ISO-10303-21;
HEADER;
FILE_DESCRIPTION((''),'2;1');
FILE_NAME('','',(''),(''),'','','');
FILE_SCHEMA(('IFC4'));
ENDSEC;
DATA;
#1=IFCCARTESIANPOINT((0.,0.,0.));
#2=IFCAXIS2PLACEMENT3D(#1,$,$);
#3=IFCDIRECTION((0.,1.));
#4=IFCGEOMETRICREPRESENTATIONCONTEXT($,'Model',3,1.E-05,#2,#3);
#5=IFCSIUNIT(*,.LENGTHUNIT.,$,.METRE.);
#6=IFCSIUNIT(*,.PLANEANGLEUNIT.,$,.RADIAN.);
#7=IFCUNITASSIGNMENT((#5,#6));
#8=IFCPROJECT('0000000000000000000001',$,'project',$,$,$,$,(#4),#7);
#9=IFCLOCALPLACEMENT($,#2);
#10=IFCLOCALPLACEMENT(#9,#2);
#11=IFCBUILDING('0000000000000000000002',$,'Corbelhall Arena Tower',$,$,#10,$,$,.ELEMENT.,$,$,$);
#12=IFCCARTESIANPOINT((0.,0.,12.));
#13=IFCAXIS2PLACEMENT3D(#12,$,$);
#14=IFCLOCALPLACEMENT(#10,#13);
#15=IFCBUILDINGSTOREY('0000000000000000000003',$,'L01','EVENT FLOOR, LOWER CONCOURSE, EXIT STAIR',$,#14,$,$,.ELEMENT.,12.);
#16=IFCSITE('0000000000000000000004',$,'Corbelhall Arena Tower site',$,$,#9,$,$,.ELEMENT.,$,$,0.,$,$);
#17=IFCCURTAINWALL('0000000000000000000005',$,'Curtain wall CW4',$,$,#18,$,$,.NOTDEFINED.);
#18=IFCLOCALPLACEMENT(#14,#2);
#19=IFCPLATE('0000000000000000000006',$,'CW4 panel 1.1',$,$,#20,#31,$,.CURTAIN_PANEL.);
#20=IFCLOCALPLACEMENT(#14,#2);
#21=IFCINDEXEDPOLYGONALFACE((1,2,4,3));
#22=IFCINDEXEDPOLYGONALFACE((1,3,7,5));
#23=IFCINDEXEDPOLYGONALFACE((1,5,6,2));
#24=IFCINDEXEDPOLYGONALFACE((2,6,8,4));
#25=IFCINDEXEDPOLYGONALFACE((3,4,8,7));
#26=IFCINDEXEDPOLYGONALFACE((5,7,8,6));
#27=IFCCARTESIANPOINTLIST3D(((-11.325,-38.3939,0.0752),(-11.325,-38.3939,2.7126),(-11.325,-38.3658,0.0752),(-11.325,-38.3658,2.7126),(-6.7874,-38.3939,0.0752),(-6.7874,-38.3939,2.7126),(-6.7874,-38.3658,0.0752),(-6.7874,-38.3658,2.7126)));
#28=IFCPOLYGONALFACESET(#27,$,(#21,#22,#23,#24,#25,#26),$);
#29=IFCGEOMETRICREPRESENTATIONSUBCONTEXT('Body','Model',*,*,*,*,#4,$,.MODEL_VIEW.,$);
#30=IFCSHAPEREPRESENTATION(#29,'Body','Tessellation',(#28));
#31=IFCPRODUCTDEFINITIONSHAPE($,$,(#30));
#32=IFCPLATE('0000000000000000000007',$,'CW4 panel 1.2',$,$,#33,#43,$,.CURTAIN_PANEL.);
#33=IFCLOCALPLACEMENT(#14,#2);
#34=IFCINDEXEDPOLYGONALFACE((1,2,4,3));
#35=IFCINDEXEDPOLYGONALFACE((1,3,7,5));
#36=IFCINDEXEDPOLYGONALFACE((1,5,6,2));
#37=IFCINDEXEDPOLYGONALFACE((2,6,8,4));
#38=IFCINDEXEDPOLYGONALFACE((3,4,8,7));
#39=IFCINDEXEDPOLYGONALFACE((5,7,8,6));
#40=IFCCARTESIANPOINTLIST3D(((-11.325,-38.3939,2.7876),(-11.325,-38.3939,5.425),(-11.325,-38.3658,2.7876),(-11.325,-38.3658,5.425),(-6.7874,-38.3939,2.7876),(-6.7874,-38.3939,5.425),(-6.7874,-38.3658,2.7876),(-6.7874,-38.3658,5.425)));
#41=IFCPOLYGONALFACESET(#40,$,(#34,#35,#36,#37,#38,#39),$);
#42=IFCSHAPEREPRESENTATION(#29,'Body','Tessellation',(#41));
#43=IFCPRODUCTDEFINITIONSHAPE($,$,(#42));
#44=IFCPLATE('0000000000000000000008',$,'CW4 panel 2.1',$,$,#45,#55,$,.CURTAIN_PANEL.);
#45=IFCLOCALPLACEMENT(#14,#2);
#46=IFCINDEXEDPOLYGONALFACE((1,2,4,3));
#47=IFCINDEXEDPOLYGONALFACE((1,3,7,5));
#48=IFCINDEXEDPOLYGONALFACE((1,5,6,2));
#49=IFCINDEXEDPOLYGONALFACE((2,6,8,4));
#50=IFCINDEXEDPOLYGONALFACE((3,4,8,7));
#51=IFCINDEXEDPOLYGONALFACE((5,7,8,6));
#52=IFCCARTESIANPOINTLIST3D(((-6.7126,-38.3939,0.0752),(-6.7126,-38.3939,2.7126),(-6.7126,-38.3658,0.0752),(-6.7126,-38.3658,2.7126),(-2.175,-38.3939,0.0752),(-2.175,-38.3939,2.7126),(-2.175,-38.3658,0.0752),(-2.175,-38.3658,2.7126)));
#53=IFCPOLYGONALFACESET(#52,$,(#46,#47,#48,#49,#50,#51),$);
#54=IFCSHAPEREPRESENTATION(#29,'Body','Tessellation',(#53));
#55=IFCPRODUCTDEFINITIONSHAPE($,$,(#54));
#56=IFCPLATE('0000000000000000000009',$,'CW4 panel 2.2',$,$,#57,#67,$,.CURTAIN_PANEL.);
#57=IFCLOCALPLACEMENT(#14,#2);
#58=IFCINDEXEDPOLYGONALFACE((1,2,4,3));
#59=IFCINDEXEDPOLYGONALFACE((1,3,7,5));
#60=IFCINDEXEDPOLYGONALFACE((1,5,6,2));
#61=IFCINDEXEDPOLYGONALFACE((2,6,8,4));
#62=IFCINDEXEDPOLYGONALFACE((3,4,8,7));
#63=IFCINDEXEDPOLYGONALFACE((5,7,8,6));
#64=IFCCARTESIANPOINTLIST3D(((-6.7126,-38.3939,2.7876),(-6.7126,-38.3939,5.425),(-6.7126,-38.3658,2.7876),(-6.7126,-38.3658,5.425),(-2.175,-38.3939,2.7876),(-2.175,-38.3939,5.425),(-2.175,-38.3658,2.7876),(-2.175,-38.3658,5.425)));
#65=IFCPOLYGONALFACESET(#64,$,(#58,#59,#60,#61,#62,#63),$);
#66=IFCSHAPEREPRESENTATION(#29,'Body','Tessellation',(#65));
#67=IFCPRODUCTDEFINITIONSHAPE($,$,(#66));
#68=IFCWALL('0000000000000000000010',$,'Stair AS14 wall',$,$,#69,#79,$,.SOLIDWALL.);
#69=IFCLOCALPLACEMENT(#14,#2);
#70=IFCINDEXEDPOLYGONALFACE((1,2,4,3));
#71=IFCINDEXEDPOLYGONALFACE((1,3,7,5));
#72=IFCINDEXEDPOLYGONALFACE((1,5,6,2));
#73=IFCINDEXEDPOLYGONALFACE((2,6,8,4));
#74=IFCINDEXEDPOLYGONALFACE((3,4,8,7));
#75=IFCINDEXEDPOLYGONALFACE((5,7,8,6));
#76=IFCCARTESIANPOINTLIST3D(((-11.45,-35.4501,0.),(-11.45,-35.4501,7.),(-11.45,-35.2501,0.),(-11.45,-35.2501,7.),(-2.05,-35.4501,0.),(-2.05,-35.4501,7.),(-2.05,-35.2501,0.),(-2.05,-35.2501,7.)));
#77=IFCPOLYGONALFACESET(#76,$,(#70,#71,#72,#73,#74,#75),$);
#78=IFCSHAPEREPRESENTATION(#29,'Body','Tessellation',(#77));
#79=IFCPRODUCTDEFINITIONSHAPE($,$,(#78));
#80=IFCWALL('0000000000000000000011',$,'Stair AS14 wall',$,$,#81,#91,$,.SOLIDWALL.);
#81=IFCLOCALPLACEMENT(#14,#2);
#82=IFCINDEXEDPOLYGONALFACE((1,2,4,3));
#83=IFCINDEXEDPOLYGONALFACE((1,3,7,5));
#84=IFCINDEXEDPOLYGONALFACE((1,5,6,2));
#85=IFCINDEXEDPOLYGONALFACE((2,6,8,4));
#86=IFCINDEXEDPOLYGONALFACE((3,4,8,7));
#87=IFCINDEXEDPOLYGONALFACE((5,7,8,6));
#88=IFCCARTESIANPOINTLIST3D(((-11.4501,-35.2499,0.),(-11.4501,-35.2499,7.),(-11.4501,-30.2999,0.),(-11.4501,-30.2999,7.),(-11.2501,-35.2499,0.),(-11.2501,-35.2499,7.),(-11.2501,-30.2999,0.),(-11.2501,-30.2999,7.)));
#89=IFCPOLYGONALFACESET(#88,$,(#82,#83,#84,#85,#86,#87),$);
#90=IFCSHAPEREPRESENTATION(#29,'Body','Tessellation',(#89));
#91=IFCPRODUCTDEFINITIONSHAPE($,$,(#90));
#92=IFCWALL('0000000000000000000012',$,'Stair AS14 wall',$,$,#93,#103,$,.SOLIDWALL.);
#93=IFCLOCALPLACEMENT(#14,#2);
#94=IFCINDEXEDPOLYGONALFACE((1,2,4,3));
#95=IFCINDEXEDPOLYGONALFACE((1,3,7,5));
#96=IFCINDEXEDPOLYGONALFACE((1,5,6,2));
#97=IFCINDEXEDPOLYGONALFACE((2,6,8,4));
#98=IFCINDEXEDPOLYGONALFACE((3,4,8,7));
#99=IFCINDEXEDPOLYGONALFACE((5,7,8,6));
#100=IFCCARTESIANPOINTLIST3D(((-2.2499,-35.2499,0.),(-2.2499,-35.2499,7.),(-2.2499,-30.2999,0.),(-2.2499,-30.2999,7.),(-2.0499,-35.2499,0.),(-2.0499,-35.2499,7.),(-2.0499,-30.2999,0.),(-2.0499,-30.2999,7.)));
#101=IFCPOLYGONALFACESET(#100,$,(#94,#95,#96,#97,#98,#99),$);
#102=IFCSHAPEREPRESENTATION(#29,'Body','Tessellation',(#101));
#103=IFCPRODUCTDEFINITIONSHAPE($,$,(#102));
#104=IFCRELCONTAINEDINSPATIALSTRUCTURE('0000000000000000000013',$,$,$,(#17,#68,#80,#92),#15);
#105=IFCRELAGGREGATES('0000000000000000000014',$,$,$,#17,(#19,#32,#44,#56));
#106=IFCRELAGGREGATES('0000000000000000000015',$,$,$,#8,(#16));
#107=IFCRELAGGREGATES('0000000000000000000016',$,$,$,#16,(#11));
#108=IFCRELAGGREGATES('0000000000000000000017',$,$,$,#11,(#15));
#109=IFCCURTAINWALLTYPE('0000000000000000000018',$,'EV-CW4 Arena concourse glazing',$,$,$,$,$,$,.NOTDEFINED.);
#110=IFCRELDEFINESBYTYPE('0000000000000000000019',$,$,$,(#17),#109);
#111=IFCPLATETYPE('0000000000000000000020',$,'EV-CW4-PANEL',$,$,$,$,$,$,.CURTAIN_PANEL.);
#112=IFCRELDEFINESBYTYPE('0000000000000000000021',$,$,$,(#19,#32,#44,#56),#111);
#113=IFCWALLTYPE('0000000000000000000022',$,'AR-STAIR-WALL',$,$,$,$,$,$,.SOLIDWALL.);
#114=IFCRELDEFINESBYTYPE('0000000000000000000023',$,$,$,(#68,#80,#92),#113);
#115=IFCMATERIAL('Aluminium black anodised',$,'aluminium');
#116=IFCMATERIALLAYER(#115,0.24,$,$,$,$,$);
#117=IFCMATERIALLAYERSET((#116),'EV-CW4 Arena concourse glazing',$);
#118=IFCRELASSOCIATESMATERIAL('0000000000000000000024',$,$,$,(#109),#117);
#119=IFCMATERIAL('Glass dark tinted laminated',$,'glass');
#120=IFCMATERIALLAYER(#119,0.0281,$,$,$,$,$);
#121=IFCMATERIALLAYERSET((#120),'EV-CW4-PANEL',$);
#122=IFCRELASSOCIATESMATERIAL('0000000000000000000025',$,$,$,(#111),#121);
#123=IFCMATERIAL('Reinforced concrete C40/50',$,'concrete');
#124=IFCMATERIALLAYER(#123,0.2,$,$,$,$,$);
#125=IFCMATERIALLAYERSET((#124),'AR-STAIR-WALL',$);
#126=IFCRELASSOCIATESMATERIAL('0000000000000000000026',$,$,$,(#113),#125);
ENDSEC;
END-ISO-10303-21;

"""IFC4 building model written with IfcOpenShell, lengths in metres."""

from ifc_helpers import new_model, si_unit, direction, frame, frame_2d, origin, origin_2d, place, context, subcontext, project, spatial, rectangle, extrude, material, layer, layer_set, type_object, element, aggregate, save


model = new_model("IFC4")

# Units and contexts
model_context = context("Model", 3, precision=1e-05, world=origin(), true_north=direction((0.0, 1.0)))
body_context = subcontext(model_context, "Body", "Model", "MODEL_VIEW")
ifc_project = project(units=[si_unit("LENGTHUNIT", "METRE"), si_unit("PLANEANGLEUNIT", "RADIAN")], contexts=[model_context])

# Site, building, storey
site_placement = place(None, origin())
site = spatial("IfcSite", under=ifc_project, at=site_placement, Name="Corbelhall Arena Tower site", CompositionType="ELEMENT", RefElevation=0.0)
building_placement = place(site_placement, origin())
building = spatial("IfcBuilding", under=site, at=building_placement, Name="Corbelhall Arena Tower", CompositionType="ELEMENT")
storey_placement = place(building_placement, frame((0.0, 0.0, 12.0)))
storey = spatial("IfcBuildingStorey", under=building, at=storey_placement, Name="L01", Description="EVENT FLOOR, LOWER CONCOURSE, EXIT STAIR", CompositionType="ELEMENT", Elevation=12.0)

# Curtain wall
ifc_material_1 = material(Name="Aluminium black anodised", Category="aluminium")
ifc_layer_1 = layer(ifc_material_1, 0.24)
ifc_layer_set_1 = layer_set([ifc_layer_1], Name="EV-CW4 Arena concourse glazing")
curtain_wall_type = type_object("IfcCurtainWallType", Name="EV-CW4 Arena concourse glazing", PredefinedType="NOTDEFINED", material=ifc_layer_set_1)
curtain_wall_placement = place(storey_placement, origin())
curtain_wall = element("IfcCurtainWall", 1, at=curtain_wall_placement, inside=storey, type_object=curtain_wall_type, Name="Curtain wall CW4", PredefinedType="NOTDEFINED")

# Plates
ifc_material_2 = material(Name="Glass dark tinted laminated", Category="glass")
ifc_layer_2 = layer(ifc_material_2, 0.0281)
ifc_layer_set_2 = layer_set([ifc_layer_2], Name="EV-CW4-PANEL")
plate_type = type_object("IfcPlateType", Name="EV-CW4-PANEL", PredefinedType="CURTAIN_PANEL", material=ifc_layer_set_2)
plate_1_placement = place(storey_placement, frame((-9.0562, -38.3799, 0.0752), z_axis=(0.0, 0.0, 1.0), x_axis=(1.0, 0.0, 0.0)))
plate_1 = element("IfcPlate", 2, at=plate_1_placement, type_object=plate_type, Name="CW4 panel 1.1", PredefinedType="CURTAIN_PANEL", context=body_context, shape_type="SweptSolid", body=[
    extrude(rectangle(XDim=4.5376, YDim=0.0281, at=origin_2d()), origin(), (0.0, 0.0, 1.0), 2.6375),
])
plate_2_placement = place(storey_placement, frame((-9.0562, -38.3799, 2.7876), z_axis=(0.0, 0.0, 1.0), x_axis=(1.0, 0.0, 0.0)))
plate_2 = element("IfcPlate", 3, at=plate_2_placement, type_object=plate_type, Name="CW4 panel 1.2", PredefinedType="CURTAIN_PANEL", context=body_context, shape_type="SweptSolid", body=[
    extrude(rectangle(XDim=4.5376, YDim=0.0281, at=origin_2d()), origin(), (0.0, 0.0, 1.0), 2.6375),
])
plate_3_placement = place(storey_placement, frame((-4.4438, -38.3799, 0.0752), z_axis=(0.0, 0.0, 1.0), x_axis=(1.0, 0.0, 0.0)))
plate_3 = element("IfcPlate", 4, at=plate_3_placement, type_object=plate_type, Name="CW4 panel 2.1", PredefinedType="CURTAIN_PANEL", context=body_context, shape_type="SweptSolid", body=[
    extrude(rectangle(XDim=4.5376, YDim=0.0281, at=origin_2d()), origin(), (0.0, 0.0, 1.0), 2.6375),
])
plate_4_placement = place(storey_placement, frame((-4.4438, -38.3799, 2.7876), z_axis=(0.0, 0.0, 1.0), x_axis=(1.0, 0.0, 0.0)))
plate_4 = element("IfcPlate", 5, at=plate_4_placement, type_object=plate_type, Name="CW4 panel 2.2", PredefinedType="CURTAIN_PANEL", context=body_context, shape_type="SweptSolid", body=[
    extrude(rectangle(XDim=4.5376, YDim=0.0281, at=origin_2d()), origin(), (0.0, 0.0, 1.0), 2.6375),
])
aggregate(curtain_wall, [plate_1, plate_2, plate_3, plate_4])

# Walls
ifc_material_3 = material(Name="Reinforced concrete C40/50", Category="concrete")
ifc_layer_3 = layer(ifc_material_3, 0.2)
ifc_layer_set_3 = layer_set([ifc_layer_3], Name="AR-STAIR-WALL")
wall_type = type_object("IfcWallType", Name="AR-STAIR-WALL", PredefinedType="SOLIDWALL", material=ifc_layer_set_3)
wall_placement = place(storey_placement, frame((-11.45, -35.3501, 0.0), z_axis=(0.0, 0.0, 1.0), x_axis=(1.0, 0.0, 0.0)))
element("IfcWall", 6, at=wall_placement, inside=storey, type_object=wall_type, Name="Stair AS14 wall", PredefinedType="SOLIDWALL", context=body_context, shape_type="SweptSolid", body=[
    extrude(rectangle(XDim=9.3999, YDim=0.2, at=frame_2d((4.7, 0.0))), origin(), (0.0, 0.0, 1.0), 7.0),
])
for number, where, z_axis, x_axis, name in (
    (7, (-11.3501, -35.25, 0.0), (0.0, 0.0, 1.0), (0.0, 1.0, 0.0), "Stair AS14 wall"),
    (8, (-2.1499, -35.25, 0.0), (0.0, 0.0, 1.0), (0.0, 1.0, 0.0), "Stair AS14 wall"),
):
    element("IfcWall", number, at=place(storey_placement, frame(where, z_axis=z_axis, x_axis=x_axis)), inside=storey, type_object=wall_type, Name=name, PredefinedType="SOLIDWALL", context=body_context, shape_type="SweptSolid", body=[
        extrude(rectangle(XDim=4.95, YDim=0.2, at=frame_2d((2.4751, 0.0))), origin(), (0.0, 0.0, 1.0), 7.0),
    ])

save(model, "model.ifc")
